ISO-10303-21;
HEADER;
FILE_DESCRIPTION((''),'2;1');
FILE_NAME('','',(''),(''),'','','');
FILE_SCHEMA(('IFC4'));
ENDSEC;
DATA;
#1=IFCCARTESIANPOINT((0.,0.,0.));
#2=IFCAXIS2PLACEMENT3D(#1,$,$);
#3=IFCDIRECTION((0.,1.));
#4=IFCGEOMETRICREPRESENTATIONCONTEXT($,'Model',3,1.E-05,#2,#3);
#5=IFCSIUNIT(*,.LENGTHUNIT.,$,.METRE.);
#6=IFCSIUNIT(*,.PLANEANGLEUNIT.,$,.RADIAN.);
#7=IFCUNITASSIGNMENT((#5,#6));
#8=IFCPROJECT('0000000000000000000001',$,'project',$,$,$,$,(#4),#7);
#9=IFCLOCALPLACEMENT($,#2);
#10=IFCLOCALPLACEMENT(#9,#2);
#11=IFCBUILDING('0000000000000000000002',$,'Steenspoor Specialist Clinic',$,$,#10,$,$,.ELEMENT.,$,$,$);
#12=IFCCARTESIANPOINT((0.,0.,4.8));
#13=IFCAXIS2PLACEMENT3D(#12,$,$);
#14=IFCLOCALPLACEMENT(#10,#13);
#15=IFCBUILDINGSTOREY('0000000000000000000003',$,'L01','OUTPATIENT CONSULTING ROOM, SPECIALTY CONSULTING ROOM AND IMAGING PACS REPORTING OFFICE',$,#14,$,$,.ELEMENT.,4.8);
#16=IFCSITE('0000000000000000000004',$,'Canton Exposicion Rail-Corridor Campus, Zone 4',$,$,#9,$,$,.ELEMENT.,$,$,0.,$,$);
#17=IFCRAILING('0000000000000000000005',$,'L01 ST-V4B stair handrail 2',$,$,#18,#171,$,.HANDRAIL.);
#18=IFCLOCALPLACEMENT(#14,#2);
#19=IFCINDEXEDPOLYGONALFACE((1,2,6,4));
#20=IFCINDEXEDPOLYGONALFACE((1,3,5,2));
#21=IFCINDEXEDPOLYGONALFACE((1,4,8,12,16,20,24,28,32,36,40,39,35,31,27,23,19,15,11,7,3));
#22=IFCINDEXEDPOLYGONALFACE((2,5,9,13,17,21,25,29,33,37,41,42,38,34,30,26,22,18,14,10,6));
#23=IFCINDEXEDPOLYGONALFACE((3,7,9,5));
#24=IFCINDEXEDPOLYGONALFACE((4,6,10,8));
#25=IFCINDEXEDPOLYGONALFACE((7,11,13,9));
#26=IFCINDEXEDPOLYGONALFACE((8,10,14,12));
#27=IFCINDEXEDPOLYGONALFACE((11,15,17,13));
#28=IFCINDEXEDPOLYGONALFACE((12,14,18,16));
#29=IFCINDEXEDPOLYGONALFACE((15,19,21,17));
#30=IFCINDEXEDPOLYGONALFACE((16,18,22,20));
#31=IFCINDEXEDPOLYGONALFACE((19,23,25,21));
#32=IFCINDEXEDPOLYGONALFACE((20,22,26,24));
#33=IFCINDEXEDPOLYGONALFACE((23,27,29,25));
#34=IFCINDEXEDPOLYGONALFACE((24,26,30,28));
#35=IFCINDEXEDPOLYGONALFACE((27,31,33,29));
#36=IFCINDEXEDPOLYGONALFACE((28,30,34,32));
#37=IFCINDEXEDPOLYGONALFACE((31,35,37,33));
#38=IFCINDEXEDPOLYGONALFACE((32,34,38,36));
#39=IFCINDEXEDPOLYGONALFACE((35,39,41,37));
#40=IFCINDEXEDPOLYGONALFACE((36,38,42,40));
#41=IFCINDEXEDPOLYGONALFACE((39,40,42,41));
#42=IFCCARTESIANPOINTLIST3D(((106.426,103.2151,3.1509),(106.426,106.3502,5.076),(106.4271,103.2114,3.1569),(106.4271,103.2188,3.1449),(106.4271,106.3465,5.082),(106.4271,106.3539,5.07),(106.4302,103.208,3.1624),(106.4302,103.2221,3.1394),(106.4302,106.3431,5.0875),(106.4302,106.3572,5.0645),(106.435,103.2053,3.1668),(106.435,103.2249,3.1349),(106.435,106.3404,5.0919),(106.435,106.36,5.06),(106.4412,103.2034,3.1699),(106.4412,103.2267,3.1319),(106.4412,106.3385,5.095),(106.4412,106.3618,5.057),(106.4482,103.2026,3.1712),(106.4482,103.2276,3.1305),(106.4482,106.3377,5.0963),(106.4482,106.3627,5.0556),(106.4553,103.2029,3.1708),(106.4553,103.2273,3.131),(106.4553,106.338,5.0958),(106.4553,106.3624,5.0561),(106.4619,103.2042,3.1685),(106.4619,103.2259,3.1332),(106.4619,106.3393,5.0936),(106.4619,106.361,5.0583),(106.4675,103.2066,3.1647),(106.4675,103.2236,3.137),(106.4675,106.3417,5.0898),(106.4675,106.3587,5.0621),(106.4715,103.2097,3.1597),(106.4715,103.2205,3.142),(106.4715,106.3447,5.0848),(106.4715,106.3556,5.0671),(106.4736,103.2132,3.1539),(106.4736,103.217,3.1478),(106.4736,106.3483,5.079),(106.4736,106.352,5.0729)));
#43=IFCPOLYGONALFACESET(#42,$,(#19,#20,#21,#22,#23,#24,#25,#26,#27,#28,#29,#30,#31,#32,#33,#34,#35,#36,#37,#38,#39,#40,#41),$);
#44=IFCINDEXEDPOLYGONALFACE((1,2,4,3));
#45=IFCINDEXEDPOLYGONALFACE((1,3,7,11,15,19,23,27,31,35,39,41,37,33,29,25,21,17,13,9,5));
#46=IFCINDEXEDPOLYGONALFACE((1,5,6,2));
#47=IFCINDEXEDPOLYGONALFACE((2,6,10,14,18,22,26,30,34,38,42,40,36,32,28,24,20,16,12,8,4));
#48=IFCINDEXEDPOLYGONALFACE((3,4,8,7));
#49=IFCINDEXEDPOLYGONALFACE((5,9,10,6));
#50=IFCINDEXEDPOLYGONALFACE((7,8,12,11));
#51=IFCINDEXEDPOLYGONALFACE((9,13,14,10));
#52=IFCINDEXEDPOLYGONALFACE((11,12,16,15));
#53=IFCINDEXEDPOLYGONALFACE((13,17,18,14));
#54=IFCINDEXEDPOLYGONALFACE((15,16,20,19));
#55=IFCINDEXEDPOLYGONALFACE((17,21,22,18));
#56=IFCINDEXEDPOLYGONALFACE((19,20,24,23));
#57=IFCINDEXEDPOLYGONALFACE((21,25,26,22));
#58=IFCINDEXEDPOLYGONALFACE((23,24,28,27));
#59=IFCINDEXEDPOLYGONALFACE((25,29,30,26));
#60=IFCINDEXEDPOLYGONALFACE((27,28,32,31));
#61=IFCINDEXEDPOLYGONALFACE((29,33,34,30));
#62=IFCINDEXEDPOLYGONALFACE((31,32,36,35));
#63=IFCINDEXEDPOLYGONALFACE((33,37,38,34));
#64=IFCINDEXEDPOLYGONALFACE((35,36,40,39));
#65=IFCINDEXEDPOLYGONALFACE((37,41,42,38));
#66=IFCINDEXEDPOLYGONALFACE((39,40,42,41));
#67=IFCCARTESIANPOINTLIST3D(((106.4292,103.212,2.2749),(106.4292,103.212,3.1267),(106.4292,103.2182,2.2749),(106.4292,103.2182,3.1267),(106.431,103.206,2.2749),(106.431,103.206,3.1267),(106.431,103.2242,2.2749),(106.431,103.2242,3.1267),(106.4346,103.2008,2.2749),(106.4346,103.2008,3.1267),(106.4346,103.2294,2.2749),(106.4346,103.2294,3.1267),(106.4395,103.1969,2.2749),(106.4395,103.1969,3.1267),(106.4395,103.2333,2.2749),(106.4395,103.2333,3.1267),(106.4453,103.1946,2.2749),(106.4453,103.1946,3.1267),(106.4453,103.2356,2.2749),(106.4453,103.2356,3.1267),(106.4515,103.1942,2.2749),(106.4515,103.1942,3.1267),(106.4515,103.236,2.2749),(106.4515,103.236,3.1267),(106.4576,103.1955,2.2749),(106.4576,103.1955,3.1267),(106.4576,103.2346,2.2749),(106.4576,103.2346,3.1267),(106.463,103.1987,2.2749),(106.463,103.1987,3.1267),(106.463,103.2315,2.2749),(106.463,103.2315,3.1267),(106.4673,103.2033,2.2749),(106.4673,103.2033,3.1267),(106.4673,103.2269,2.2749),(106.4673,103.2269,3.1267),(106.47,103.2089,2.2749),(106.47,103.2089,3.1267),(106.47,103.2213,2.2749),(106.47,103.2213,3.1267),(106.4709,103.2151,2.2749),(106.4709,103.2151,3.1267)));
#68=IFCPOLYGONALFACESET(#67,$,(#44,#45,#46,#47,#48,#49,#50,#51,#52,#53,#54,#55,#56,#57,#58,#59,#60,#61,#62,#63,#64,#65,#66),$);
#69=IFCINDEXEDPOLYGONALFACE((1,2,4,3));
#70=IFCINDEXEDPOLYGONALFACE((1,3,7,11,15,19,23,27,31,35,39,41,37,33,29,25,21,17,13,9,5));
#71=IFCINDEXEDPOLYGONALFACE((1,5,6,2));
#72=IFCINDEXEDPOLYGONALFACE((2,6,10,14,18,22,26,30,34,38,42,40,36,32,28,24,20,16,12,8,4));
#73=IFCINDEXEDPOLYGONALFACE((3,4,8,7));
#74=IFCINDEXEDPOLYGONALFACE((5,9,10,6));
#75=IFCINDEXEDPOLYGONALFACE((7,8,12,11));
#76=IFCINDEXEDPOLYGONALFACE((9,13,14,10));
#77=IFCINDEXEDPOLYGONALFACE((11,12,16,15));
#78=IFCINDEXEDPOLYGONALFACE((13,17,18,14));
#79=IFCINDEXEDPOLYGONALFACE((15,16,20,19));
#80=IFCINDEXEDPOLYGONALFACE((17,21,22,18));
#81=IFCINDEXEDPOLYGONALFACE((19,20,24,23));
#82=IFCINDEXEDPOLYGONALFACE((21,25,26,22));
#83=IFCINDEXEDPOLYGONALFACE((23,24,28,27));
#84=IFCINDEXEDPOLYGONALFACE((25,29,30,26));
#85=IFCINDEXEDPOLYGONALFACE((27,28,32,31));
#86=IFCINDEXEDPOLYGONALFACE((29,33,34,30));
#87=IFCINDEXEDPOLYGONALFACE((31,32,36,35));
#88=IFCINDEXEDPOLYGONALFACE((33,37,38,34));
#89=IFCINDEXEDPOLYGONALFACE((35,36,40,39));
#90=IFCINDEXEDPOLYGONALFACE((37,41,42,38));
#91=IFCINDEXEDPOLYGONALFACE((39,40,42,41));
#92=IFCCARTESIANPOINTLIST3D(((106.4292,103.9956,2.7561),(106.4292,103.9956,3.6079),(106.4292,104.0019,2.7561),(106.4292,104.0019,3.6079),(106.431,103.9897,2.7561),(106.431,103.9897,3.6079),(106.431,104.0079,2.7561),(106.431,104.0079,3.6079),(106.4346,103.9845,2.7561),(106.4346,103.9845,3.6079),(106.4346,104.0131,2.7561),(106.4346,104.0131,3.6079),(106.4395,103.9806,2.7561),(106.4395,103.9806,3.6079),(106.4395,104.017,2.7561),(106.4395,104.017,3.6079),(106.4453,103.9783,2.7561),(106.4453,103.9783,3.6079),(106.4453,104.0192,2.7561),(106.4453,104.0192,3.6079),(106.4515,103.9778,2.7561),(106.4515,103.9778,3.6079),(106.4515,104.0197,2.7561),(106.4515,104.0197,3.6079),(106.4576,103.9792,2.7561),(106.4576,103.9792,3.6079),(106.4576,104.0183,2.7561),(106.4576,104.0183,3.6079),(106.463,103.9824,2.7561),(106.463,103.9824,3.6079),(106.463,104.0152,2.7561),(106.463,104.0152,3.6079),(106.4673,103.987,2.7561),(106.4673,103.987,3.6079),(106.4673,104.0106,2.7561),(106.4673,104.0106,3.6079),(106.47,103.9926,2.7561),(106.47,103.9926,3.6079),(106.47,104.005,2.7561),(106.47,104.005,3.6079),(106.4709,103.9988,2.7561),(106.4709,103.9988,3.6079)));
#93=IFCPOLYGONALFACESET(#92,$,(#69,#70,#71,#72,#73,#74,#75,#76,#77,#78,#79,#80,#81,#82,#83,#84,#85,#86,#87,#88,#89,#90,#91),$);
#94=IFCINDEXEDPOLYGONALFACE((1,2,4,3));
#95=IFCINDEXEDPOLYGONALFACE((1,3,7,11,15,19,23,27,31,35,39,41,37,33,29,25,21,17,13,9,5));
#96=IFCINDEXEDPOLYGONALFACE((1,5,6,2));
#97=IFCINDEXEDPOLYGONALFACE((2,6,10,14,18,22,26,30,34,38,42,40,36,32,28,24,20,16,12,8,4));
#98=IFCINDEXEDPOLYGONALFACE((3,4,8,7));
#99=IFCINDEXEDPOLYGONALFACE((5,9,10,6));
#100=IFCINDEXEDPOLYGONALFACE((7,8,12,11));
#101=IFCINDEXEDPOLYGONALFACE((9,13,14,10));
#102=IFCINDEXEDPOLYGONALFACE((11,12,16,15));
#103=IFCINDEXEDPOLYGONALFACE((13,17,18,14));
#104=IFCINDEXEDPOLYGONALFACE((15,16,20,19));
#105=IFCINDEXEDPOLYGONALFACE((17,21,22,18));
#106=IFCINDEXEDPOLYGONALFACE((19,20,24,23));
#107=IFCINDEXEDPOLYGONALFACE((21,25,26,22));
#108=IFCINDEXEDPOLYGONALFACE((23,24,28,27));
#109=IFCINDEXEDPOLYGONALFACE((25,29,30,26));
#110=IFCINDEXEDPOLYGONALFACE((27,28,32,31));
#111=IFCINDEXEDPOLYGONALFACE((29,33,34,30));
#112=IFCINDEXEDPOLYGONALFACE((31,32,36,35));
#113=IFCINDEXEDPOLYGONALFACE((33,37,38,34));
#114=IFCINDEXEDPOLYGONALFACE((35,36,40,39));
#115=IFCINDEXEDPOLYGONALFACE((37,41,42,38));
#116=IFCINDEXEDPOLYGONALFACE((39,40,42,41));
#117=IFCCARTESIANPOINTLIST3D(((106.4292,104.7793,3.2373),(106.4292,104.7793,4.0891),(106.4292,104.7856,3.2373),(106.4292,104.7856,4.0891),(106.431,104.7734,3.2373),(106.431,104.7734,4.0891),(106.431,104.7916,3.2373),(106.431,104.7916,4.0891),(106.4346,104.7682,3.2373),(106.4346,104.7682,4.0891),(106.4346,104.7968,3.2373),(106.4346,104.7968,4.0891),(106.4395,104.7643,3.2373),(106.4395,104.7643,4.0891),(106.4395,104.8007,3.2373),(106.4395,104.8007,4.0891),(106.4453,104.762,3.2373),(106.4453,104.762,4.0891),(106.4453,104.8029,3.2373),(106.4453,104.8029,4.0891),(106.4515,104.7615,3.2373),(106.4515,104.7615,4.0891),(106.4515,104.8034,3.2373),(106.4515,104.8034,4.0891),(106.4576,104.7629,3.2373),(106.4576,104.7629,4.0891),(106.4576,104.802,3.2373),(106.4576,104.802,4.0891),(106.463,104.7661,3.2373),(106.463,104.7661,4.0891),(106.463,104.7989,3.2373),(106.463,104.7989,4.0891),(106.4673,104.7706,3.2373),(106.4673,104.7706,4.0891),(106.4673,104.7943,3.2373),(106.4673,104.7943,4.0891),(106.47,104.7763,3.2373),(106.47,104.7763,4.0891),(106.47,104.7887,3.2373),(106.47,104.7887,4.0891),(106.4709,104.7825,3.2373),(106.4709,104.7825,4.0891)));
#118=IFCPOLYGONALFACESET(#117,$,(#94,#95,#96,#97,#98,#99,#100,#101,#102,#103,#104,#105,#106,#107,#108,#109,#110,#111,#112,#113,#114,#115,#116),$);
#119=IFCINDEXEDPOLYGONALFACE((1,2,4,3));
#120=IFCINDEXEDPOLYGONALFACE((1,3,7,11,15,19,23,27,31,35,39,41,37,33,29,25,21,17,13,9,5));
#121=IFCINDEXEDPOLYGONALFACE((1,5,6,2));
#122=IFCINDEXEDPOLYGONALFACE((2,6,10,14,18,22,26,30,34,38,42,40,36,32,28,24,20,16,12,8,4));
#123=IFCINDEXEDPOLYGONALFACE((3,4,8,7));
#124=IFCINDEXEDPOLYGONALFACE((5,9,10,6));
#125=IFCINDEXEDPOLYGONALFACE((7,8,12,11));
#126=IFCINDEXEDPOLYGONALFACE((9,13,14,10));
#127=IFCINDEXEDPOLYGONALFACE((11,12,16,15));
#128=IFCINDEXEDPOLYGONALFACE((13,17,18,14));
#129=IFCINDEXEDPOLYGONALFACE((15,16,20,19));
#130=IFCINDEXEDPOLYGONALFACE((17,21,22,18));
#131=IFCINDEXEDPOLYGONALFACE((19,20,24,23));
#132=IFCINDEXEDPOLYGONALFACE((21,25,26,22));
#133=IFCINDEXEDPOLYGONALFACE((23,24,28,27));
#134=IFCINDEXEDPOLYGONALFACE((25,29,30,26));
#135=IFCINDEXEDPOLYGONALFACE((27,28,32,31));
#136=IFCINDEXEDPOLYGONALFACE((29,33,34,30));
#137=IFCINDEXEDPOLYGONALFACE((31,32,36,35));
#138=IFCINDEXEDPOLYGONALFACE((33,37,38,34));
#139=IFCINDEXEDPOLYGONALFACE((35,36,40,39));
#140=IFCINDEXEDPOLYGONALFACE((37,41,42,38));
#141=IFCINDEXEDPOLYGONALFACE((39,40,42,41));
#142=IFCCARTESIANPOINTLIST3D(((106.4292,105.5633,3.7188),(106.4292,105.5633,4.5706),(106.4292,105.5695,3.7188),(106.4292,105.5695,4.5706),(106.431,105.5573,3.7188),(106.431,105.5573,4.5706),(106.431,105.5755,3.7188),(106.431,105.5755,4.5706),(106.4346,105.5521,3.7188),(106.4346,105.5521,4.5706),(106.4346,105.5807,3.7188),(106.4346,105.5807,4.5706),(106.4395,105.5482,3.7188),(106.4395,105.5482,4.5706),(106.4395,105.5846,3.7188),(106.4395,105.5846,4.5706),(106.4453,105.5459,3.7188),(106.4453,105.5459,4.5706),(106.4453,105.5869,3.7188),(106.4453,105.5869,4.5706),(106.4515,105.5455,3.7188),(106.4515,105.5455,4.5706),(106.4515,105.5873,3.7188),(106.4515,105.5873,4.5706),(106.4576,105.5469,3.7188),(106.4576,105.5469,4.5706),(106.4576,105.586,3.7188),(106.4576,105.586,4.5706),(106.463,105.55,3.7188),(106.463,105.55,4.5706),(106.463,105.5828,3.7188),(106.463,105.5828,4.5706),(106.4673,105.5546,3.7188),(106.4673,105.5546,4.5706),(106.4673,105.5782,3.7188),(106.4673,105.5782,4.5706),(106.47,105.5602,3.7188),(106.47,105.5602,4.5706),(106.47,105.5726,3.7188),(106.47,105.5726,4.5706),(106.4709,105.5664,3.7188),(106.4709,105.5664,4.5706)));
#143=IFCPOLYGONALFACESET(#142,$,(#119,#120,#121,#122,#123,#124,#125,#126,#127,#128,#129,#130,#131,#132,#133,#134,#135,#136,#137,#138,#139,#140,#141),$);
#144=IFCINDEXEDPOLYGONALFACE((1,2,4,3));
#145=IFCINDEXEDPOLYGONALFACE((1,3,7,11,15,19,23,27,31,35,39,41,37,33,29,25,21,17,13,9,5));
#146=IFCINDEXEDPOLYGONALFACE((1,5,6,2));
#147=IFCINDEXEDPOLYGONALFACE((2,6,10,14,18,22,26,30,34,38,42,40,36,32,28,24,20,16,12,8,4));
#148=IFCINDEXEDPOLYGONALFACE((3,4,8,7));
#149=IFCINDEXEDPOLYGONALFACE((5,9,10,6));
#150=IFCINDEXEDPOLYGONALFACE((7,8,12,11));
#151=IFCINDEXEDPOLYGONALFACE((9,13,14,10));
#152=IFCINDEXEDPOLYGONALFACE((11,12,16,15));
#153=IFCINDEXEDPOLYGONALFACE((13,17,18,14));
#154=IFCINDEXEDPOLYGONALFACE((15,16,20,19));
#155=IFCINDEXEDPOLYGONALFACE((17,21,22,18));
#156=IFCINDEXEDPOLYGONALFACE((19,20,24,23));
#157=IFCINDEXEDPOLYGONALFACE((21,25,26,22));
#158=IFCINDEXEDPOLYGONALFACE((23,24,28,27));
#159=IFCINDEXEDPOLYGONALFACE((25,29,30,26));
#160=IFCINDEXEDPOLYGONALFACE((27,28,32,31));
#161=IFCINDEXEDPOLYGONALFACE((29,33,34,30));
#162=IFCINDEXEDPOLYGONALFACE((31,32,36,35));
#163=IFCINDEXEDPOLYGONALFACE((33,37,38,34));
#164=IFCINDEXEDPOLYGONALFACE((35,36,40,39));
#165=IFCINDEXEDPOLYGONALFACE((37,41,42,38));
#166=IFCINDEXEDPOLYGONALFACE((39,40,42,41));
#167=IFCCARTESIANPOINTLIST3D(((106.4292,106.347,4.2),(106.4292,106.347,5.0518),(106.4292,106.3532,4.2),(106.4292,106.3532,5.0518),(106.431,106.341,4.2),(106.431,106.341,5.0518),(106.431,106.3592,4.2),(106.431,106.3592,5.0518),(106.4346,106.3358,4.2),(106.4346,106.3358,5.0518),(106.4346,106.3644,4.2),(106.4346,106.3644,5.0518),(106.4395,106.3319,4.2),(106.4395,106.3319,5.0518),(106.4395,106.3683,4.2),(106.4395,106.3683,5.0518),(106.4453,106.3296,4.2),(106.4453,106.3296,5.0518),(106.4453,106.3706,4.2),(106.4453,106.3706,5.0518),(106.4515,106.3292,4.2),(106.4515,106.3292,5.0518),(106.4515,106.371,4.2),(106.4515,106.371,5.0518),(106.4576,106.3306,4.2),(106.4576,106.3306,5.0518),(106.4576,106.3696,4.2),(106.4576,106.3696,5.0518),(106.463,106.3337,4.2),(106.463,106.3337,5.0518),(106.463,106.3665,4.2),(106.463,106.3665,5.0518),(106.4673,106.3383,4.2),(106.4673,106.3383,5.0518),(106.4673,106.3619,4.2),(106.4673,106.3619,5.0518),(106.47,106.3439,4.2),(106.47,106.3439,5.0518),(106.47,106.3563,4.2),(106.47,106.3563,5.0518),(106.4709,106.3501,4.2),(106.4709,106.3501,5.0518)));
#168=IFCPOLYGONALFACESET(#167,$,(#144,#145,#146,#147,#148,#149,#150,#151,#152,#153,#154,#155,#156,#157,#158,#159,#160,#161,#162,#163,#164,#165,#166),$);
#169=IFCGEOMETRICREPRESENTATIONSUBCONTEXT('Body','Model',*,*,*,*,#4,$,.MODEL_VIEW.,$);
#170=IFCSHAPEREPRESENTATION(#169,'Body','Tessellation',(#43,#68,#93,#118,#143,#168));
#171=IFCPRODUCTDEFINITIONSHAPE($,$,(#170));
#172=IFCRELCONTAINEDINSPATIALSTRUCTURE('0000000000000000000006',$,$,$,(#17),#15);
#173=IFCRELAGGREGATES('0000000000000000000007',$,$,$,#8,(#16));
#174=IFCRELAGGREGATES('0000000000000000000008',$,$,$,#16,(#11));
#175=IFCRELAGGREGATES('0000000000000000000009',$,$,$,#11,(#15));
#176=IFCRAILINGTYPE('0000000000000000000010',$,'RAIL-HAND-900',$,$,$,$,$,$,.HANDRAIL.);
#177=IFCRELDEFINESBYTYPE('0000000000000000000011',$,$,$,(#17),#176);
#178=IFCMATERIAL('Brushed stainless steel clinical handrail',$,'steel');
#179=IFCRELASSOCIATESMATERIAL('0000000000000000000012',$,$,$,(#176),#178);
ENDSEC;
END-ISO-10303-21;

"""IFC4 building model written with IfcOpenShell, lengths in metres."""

from ifc_helpers import new_model, si_unit, direction, frame, origin, origin_2d, place, context, subcontext, project, spatial, circle, extrude, material, type_object, element, save


model = new_model("IFC4")

# Units and contexts
model_context = context("Model", 3, precision=1e-05, world=origin(), true_north=direction((0.0, 1.0)))
body_context = subcontext(model_context, "Body", "Model", "MODEL_VIEW")
ifc_project = project(units=[si_unit("LENGTHUNIT", "METRE"), si_unit("PLANEANGLEUNIT", "RADIAN")], contexts=[model_context])

# Site, building, storey
site_placement = place(None, origin())
site = spatial("IfcSite", under=ifc_project, at=site_placement, Name="Canton Exposicion Rail-Corridor Campus, Zone 4", CompositionType="ELEMENT", RefElevation=0.0)
building_placement = place(site_placement, origin())
building = spatial("IfcBuilding", under=site, at=building_placement, Name="Steenspoor Specialist Clinic", CompositionType="ELEMENT")
storey_placement = place(building_placement, frame((0.0, 0.0, 4.8)))
storey = spatial("IfcBuildingStorey", under=building, at=storey_placement, Name="L01", Description="OUTPATIENT CONSULTING ROOM, SPECIALTY CONSULTING ROOM AND IMAGING PACS REPORTING OFFICE", CompositionType="ELEMENT", Elevation=4.8)

# Railing
ifc_material_1 = material(Name="Brushed stainless steel clinical handrail", Category="steel")
railing_type_1 = type_object("IfcRailingType", Name="RAIL-HAND-900", PredefinedType="HANDRAIL", material=ifc_material_1)
railing_1_placement = place(storey_placement, frame((106.45, 103.2151, 2.2749)))
element("IfcRailing", 1, at=railing_1_placement, inside=storey, type_object=railing_type_1, Name="L01 ST-V4B stair handrail 2", PredefinedType="HANDRAIL", context=body_context, shape_type="SweptSolid", body=[
    extrude(circle(Radius=0.0239, at=origin_2d()), frame((0.0, 0.0, 0.876), z_axis=(0.0, 0.852166, 0.523271), x_axis=(-1.0, 0.0, 0.0)), (0.0, 0.0, 1.0), 3.679),
    extrude(circle(Radius=0.021, at=origin_2d()), origin(), (0.0, 0.0, 1.0), 0.8518),
    extrude(circle(Radius=0.021, at=origin_2d()), frame((0.0, 0.7837, 0.4812)), (0.0, 0.0, 1.0), 0.8518),
    extrude(circle(Radius=0.021, at=origin_2d()), frame((0.0, 1.5674, 0.9624)), (0.0, 0.0, 1.0), 0.8518),
    extrude(circle(Radius=0.021, at=origin_2d()), frame((0.0, 2.3513, 1.4438)), (0.0, 0.0, 1.0), 0.8518),
    extrude(circle(Radius=0.021, at=origin_2d()), frame((0.0, 3.135, 1.925)), (0.0, 0.0, 1.0), 0.8518),
])

save(model, "model.ifc")
